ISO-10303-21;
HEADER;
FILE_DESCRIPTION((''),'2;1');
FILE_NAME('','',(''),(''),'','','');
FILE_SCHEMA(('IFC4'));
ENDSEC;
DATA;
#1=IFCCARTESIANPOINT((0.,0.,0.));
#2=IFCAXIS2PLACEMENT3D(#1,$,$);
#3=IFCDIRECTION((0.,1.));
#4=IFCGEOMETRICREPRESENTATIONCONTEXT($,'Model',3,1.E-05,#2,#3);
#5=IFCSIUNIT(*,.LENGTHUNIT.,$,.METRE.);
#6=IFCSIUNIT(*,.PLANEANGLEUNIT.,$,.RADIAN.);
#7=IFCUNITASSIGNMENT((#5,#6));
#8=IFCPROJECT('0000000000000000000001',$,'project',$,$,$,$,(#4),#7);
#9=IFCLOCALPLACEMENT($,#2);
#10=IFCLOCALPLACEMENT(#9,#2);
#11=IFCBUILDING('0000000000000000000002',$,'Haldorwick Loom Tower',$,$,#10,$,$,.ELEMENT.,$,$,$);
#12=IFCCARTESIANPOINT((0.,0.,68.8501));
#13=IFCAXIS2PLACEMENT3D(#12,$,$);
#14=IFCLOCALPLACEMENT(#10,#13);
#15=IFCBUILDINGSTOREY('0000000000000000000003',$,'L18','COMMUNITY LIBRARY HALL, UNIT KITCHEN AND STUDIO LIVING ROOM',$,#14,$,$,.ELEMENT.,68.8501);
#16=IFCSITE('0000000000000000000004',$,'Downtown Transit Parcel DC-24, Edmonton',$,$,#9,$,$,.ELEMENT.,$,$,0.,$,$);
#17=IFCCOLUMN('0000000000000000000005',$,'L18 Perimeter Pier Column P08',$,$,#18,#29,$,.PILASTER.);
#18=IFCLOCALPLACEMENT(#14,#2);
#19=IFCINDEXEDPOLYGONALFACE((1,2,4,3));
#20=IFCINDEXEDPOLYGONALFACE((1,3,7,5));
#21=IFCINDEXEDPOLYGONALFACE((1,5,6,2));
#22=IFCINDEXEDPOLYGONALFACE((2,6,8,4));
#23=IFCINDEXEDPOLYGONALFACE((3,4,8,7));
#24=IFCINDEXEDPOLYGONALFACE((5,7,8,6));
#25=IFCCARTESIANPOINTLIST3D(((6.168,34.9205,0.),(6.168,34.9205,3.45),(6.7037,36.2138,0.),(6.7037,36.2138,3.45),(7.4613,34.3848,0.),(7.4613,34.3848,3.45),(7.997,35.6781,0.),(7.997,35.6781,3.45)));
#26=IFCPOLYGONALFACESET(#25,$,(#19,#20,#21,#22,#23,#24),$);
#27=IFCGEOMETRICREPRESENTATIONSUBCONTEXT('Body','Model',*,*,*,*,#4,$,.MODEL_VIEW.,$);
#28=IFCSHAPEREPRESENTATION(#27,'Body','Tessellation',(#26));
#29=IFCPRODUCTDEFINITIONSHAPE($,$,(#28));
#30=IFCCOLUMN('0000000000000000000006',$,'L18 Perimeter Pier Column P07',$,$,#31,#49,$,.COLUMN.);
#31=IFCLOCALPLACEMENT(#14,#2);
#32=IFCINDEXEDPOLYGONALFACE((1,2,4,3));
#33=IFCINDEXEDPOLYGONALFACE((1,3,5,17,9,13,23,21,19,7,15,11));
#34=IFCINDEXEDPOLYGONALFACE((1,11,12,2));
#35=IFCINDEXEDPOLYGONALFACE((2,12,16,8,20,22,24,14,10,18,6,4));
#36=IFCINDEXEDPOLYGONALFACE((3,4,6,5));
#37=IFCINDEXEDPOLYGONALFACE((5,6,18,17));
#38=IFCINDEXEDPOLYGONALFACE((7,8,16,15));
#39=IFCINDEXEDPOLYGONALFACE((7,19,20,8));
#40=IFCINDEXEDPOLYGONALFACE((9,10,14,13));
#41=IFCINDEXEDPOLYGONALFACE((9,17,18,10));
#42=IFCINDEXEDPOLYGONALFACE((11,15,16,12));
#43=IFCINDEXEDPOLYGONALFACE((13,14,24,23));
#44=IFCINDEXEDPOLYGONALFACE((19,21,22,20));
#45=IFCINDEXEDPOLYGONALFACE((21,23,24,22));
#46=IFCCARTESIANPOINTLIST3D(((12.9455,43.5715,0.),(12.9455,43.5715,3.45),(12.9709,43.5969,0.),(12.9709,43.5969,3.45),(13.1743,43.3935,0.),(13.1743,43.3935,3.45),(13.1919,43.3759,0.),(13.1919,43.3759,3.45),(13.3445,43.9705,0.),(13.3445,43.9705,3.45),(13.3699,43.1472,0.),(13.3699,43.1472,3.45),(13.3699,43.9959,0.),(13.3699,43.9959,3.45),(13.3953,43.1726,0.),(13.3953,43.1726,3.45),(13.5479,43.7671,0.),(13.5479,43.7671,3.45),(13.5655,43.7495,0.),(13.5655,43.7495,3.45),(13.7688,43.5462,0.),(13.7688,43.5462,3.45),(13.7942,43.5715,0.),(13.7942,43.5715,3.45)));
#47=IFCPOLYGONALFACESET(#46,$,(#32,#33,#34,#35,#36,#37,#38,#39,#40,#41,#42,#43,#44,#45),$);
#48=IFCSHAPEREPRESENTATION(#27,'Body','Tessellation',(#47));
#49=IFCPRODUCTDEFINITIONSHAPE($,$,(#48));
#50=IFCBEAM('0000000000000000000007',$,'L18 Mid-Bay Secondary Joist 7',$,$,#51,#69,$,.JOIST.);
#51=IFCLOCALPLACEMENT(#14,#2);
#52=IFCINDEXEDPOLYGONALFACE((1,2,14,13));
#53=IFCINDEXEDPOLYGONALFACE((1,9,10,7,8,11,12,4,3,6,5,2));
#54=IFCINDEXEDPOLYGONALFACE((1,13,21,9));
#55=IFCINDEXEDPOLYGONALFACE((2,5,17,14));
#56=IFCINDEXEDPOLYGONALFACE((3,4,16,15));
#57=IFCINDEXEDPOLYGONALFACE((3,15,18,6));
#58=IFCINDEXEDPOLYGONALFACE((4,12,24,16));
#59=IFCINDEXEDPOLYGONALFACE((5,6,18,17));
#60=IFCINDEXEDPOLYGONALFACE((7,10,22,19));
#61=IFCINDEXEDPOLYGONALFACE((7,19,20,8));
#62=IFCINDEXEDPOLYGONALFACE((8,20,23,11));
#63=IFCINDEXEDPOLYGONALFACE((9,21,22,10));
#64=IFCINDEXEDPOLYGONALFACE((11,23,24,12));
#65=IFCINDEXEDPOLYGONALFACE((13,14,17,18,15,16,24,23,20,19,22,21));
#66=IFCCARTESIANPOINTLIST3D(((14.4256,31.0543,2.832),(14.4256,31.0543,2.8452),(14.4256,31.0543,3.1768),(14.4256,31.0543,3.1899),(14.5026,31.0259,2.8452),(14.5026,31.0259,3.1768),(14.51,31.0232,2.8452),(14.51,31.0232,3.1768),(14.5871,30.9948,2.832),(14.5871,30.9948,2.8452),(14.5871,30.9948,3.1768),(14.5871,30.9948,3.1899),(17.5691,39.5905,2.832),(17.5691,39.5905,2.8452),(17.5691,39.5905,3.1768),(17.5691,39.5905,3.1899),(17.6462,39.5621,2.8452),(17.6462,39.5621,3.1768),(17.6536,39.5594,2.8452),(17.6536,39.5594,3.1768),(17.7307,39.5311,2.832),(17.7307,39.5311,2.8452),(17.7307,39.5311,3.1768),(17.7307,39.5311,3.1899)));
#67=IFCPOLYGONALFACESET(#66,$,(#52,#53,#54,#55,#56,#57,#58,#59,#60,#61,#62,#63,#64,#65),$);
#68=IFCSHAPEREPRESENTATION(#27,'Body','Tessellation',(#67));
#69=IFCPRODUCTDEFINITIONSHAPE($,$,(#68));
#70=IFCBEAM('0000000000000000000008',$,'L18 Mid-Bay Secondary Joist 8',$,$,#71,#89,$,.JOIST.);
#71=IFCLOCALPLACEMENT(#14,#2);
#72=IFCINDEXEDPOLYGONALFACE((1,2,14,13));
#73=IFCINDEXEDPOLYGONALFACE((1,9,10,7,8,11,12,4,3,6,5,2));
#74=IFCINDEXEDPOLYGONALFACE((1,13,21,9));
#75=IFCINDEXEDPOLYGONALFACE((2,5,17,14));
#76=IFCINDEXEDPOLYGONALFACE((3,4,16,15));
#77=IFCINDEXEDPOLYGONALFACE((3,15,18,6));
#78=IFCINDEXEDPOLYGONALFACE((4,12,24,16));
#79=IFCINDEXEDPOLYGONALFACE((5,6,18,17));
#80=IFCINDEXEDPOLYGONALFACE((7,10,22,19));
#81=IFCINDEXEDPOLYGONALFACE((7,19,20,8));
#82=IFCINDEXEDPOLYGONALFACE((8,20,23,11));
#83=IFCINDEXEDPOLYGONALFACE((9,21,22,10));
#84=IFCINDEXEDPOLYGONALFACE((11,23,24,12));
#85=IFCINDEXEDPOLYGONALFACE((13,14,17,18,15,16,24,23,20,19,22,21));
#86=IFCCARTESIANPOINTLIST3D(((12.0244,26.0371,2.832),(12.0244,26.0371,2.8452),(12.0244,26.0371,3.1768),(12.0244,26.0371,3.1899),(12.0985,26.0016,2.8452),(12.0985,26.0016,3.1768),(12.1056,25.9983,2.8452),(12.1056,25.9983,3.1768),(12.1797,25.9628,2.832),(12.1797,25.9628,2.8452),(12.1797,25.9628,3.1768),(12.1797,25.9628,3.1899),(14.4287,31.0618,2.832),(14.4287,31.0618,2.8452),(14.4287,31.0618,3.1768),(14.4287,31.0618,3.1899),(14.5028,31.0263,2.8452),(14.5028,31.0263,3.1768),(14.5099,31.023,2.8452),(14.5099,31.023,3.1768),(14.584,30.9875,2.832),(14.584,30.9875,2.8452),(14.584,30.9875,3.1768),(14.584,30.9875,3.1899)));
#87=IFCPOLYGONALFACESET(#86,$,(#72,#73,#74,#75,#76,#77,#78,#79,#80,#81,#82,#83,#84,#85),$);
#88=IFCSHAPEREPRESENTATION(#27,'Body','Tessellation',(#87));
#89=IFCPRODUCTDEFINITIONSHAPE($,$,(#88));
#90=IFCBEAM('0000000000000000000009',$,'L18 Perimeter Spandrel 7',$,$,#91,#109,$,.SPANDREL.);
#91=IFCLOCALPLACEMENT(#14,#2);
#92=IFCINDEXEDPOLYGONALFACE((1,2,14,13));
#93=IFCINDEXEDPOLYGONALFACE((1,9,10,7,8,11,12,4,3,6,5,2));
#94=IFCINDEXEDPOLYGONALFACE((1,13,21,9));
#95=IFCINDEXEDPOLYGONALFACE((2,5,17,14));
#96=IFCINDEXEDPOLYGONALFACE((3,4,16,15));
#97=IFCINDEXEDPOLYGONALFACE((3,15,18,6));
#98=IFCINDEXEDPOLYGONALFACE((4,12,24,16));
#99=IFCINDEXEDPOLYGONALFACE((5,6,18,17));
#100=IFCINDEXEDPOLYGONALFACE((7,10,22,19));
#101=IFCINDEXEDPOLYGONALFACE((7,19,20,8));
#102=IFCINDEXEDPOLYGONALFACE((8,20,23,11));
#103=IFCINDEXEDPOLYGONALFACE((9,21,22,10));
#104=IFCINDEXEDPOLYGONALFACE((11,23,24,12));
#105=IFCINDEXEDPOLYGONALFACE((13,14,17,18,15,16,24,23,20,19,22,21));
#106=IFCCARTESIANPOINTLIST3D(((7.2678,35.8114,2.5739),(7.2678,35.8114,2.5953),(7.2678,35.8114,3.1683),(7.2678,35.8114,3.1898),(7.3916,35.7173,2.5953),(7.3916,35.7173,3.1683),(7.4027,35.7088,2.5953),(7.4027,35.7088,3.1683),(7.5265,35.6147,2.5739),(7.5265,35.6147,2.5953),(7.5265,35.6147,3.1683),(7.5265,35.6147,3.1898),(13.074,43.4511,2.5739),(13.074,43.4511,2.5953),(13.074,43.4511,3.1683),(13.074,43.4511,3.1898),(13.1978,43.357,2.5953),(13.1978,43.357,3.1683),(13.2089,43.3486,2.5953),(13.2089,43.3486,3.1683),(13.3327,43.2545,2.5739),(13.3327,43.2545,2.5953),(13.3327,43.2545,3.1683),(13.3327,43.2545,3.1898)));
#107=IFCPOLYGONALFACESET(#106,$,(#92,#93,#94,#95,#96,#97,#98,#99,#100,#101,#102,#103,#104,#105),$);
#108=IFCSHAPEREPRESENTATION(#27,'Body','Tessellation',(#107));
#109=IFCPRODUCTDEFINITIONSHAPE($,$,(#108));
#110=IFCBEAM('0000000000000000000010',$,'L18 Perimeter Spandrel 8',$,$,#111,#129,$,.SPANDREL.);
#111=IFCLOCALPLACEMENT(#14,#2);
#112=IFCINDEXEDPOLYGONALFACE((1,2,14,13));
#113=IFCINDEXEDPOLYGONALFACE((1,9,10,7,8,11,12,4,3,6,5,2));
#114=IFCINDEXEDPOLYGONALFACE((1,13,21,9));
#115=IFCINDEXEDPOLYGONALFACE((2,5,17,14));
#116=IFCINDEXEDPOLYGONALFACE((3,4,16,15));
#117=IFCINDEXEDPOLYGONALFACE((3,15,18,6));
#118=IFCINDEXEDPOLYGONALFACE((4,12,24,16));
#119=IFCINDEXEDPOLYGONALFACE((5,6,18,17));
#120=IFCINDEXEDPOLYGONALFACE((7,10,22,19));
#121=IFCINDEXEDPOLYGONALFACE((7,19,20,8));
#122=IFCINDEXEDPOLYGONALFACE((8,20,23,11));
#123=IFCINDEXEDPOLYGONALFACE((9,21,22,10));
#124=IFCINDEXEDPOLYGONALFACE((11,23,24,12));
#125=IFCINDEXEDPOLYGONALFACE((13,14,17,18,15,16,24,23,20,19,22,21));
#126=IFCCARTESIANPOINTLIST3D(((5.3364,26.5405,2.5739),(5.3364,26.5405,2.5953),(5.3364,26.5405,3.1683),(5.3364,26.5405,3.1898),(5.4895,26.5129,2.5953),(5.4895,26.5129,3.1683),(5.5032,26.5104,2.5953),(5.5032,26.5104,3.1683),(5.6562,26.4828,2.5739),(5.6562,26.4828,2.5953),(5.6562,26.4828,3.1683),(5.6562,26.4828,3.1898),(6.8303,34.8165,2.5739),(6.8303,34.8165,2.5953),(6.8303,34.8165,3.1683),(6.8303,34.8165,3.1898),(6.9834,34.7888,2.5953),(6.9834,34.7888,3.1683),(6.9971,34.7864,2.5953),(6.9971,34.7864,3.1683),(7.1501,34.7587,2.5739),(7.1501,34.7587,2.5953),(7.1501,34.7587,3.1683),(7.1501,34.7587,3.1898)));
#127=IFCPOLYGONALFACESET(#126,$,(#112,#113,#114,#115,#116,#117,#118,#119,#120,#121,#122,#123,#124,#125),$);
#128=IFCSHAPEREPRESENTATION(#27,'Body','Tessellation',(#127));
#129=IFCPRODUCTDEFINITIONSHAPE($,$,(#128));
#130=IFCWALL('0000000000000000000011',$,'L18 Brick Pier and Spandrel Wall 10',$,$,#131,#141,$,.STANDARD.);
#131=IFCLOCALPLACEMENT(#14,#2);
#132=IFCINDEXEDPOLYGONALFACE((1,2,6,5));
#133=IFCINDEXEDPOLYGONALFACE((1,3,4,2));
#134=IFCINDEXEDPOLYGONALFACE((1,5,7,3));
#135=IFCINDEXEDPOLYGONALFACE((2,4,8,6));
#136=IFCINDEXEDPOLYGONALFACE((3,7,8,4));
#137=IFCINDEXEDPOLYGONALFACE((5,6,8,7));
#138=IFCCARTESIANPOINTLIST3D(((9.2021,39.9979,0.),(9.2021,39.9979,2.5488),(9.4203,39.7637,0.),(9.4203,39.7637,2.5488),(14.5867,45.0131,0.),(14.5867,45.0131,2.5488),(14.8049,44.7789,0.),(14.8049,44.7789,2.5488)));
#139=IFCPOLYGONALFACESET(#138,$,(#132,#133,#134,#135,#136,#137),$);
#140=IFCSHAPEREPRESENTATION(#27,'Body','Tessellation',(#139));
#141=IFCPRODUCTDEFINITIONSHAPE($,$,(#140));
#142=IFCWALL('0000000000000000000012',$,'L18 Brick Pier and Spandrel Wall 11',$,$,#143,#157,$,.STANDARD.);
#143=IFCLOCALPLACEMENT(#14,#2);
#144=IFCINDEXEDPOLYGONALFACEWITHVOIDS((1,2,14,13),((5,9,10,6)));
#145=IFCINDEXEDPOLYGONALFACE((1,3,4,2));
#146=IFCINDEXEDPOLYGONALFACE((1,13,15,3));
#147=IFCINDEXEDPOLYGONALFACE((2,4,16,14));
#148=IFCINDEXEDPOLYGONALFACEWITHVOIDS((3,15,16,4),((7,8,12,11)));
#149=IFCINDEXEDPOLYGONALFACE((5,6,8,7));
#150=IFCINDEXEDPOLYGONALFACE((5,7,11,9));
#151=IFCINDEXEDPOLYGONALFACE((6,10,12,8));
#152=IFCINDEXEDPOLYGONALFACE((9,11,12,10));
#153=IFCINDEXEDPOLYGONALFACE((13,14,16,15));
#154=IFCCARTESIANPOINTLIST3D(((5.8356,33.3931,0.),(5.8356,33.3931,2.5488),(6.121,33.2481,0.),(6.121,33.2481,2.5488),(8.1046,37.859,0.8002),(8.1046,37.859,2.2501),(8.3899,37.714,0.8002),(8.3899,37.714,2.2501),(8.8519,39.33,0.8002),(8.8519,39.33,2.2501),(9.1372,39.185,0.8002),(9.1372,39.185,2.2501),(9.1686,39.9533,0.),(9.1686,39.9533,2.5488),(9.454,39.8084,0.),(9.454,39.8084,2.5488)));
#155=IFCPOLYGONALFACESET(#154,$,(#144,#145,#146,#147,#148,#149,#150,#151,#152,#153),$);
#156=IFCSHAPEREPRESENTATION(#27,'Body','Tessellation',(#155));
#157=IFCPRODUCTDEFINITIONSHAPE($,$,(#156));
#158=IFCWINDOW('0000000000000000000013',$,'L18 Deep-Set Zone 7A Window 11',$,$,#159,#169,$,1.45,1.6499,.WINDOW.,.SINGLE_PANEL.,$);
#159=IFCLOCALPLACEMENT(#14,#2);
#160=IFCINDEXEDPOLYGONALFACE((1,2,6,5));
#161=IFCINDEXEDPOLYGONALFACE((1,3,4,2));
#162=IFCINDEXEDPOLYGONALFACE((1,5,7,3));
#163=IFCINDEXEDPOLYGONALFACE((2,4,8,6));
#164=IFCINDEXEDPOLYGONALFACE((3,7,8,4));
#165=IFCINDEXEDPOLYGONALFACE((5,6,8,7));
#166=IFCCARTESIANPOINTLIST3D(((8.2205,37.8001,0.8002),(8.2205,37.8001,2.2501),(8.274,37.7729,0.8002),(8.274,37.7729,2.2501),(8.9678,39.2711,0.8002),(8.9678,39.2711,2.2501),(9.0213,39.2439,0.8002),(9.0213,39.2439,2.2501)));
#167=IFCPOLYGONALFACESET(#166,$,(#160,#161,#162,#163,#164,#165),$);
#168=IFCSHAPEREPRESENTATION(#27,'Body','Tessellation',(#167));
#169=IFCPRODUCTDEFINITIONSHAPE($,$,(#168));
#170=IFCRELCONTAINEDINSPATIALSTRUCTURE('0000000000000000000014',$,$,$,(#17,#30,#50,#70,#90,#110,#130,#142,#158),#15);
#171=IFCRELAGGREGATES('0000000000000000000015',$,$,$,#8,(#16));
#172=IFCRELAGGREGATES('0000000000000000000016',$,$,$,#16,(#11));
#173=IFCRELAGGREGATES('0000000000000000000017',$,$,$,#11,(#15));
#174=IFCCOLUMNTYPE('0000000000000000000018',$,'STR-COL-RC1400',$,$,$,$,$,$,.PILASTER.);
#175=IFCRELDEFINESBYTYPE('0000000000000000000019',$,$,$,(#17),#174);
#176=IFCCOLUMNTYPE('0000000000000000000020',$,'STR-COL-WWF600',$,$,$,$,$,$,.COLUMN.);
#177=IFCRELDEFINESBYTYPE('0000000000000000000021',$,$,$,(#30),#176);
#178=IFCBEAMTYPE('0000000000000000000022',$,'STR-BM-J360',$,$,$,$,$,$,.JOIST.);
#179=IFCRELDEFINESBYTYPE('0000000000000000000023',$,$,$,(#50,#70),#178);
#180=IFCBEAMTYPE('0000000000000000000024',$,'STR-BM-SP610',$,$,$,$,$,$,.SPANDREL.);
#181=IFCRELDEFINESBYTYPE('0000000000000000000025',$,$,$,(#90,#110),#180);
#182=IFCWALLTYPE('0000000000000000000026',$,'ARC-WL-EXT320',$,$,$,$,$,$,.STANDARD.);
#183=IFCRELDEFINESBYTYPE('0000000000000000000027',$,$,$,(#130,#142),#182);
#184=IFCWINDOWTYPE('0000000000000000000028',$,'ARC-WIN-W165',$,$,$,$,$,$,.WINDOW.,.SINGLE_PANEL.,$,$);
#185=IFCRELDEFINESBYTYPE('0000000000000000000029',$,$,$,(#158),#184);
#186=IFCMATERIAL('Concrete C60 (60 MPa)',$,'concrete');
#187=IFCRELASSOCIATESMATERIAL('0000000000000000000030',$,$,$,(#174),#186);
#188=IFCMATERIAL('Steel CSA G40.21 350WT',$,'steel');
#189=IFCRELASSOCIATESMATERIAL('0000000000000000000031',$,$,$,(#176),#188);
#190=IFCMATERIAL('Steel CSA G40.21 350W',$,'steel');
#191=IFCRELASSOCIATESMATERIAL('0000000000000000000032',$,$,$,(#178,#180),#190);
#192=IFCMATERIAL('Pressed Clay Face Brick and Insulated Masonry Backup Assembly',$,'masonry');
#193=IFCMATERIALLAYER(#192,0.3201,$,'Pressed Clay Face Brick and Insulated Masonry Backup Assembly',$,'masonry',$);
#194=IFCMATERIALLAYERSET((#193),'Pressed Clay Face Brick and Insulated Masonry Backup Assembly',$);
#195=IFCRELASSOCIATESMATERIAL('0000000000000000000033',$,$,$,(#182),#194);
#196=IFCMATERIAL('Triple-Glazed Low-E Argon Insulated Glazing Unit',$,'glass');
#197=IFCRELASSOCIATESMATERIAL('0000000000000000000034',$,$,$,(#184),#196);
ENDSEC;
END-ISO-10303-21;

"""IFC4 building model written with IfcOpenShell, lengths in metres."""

from ifc_helpers import new_model, si_unit, direction, frame, frame_2d, origin, origin_2d, place, context, subcontext, project, spatial, rectangle, i_section, extrude, material, layer, layer_set, material_profile, profile_set, type_object, element, fill, save


model = new_model("IFC4")

# Units and contexts
model_context = context("Model", 3, precision=1e-05, world=origin(), true_north=direction((0.0, 1.0)))
body_context = subcontext(model_context, "Body", "Model", "MODEL_VIEW")
ifc_project = project(units=[si_unit("LENGTHUNIT", "METRE"), si_unit("PLANEANGLEUNIT", "RADIAN")], contexts=[model_context])

# Site, building, storey
site_placement = place(None, origin())
site = spatial("IfcSite", under=ifc_project, at=site_placement, Name="Downtown Transit Parcel DC-24, Edmonton", CompositionType="ELEMENT", RefElevation=0.0)
building_placement = place(site_placement, origin())
building = spatial("IfcBuilding", under=site, at=building_placement, Name="Haldorwick Loom Tower", CompositionType="ELEMENT")
storey_placement = place(building_placement, frame((0.0, 0.0, 68.8501)))
storey = spatial("IfcBuildingStorey", under=building, at=storey_placement, Name="L18", Description="COMMUNITY LIBRARY HALL, UNIT KITCHEN AND STUDIO LIVING ROOM", CompositionType="ELEMENT", Elevation=68.8501)

# Columns
ifc_material_1 = material(Name="Concrete C60 (60 MPa)", Category="concrete")
ifc_material_profile_1 = material_profile(ifc_material_1, rectangle(XDim=1.3999, YDim=1.3999, at=origin_2d()), Name="RC1400X1400", Category="concrete")
ifc_profile_set_1 = profile_set([ifc_material_profile_1], Name="Concrete C60 (60 MPa)")
column_type_1 = type_object("IfcColumnType", Name="STR-COL-RC1400", PredefinedType="PILASTER", material=ifc_profile_set_1)
column_1_placement = place(storey_placement, frame((7.0825, 35.2993, 0.0), z_axis=(0.0, 0.0, 1.0), x_axis=(-0.92388, 0.382683, 0.0)))
element("IfcColumn", 1, at=column_1_placement, inside=storey, type_object=column_type_1, Name="L18 Perimeter Pier Column P08", PredefinedType="PILASTER", context=body_context, shape_type="SweptSolid", body=[
    extrude(rectangle(XDim=1.3999, YDim=1.3999, at=origin_2d()), origin(), (0.0, 0.0, 1.0), 3.45),
])
ifc_material_2 = material(Name="Steel CSA G40.21 350WT", Category="steel")
ifc_material_profile_2 = material_profile(ifc_material_2, i_section(OverallWidth=0.6001, OverallDepth=0.6001, WebThickness=0.0249, FlangeThickness=0.0359, at=origin_2d()), Name="WWF600X600", Category="steel")
ifc_profile_set_2 = profile_set([ifc_material_profile_2], Name="Steel CSA G40.21 350WT")
column_type_2 = type_object("IfcColumnType", Name="STR-COL-WWF600", PredefinedType="COLUMN", material=ifc_profile_set_2)
column_2_placement = place(storey_placement, frame((13.3699, 43.5715, 0.0), z_axis=(0.0, 0.0, 1.0), x_axis=(-0.707107, 0.707107, 0.0)))
element("IfcColumn", 2, at=column_2_placement, inside=storey, type_object=column_type_2, Name="L18 Perimeter Pier Column P07", PredefinedType="COLUMN", context=body_context, shape_type="SweptSolid", body=[
    extrude(i_section(OverallWidth=0.6001, OverallDepth=0.6001, WebThickness=0.0249, FlangeThickness=0.0359, at=origin_2d()), origin(), (0.0, 0.0, 1.0), 3.45),
])

# Beams
ifc_material_3 = material(Name="Steel CSA G40.21 350W", Category="steel")
ifc_material_profile_3 = material_profile(ifc_material_3, i_section(OverallWidth=0.1721, OverallDepth=0.3579, WebThickness=0.0078, FlangeThickness=0.0132, at=origin_2d()), Name="W360X57", Category="steel")
ifc_profile_set_3 = profile_set([ifc_material_profile_3], Name="Steel CSA G40.21 350W")
beam_type_1 = type_object("IfcBeamType", Name="STR-BM-J360", PredefinedType="JOIST", material=ifc_profile_set_3)
beam_1_placement = place(storey_placement, frame((17.6499, 39.5608, 3.011), z_axis=(-0.345576, -0.938391, 0.0), x_axis=(0.938391, -0.345576, 0.0)))
element("IfcBeam", 3, at=beam_1_placement, inside=storey, type_object=beam_type_1, Name="L18 Mid-Bay Secondary Joist 7", PredefinedType="JOIST", context=body_context, shape_type="SweptSolid", body=[
    extrude(i_section(OverallWidth=0.1721, OverallDepth=0.3579, WebThickness=0.0078, FlangeThickness=0.0132, at=origin_2d()), origin(), (0.0, 0.0, 1.0), 9.0967),
])
beam_2_placement = place(storey_placement, frame((14.5063, 31.0247, 3.011), z_axis=(-0.431631, -0.90205, 0.0), x_axis=(0.90205, -0.431631, 0.0)))
element("IfcBeam", 4, at=beam_2_placement, inside=storey, type_object=beam_type_1, Name="L18 Mid-Bay Secondary Joist 8", PredefinedType="JOIST", context=body_context, shape_type="SweptSolid", body=[
    extrude(i_section(OverallWidth=0.1721, OverallDepth=0.3579, WebThickness=0.0078, FlangeThickness=0.0132, at=origin_2d()), origin(), (0.0, 0.0, 1.0), 5.5703),
])
ifc_material_profile_4 = material_profile(ifc_material_3, i_section(OverallWidth=0.325, OverallDepth=0.616, WebThickness=0.0139, FlangeThickness=0.0215, at=origin_2d()), Name="W610X174", Category="steel")
ifc_profile_set_4 = profile_set([ifc_material_profile_4], Name="Steel CSA G40.21 350W")
beam_type_2 = type_object("IfcBeamType", Name="STR-BM-SP610", PredefinedType="SPANDREL", material=ifc_profile_set_4)
beam_3_placement = place(storey_placement, frame((13.2034, 43.3528, 2.8818), z_axis=(-0.605085, -0.796161, 0.0), x_axis=(0.796161, -0.605085, 0.0)))
element("IfcBeam", 5, at=beam_3_placement, inside=storey, type_object=beam_type_2, Name="L18 Perimeter Spandrel 7", PredefinedType="SPANDREL", context=body_context, shape_type="SweptSolid", body=[
    extrude(i_section(OverallWidth=0.325, OverallDepth=0.616, WebThickness=0.0139, FlangeThickness=0.0215, at=origin_2d()), origin(), (0.0, 0.0, 1.0), 9.5957),
])
beam_4_placement = place(storey_placement, frame((6.9902, 34.7876, 2.8818), z_axis=(-0.177641, -0.984095, 0.0), x_axis=(0.984095, -0.177641, 0.0)))
element("IfcBeam", 6, at=beam_4_placement, inside=storey, type_object=beam_type_2, Name="L18 Perimeter Spandrel 8", PredefinedType="SPANDREL", context=body_context, shape_type="SweptSolid", body=[
    extrude(i_section(OverallWidth=0.325, OverallDepth=0.616, WebThickness=0.0139, FlangeThickness=0.0215, at=origin_2d()), origin(), (0.0, 0.0, 1.0), 8.4097),
])

# Wall
ifc_material_4 = material(Name="Pressed Clay Face Brick and Insulated Masonry Backup Assembly", Category="masonry")
ifc_layer_1 = layer(ifc_material_4, 0.3201, Name="Pressed Clay Face Brick and Insulated Masonry Backup Assembly", Category="masonry")
ifc_layer_set_1 = layer_set([ifc_layer_1], Name="Pressed Clay Face Brick and Insulated Masonry Backup Assembly")
wall_type_1 = type_object("IfcWallType", Name="ARC-WL-EXT320", PredefinedType="STANDARD", material=ifc_layer_set_1)
wall_1_placement = place(storey_placement, frame((14.6958, 44.896, 0.0), z_axis=(0.0, 0.0, 1.0), x_axis=(-0.731761, -0.681561, 0.0)))
element("IfcWall", 7, at=wall_1_placement, inside=storey, type_object=wall_type_1, Name="L18 Brick Pier and Spandrel Wall 10", PredefinedType="STANDARD", context=body_context, shape_type="SweptSolid", body=[
    extrude(rectangle(XDim=7.3584, YDim=0.3201, at=frame_2d((3.6792, 0.0))), origin(), (0.0, 0.0, 1.0), 2.5488),
])

# Wall, opening, window
wall_2_placement = place(storey_placement, frame((9.3113, 39.8809, 0.0), z_axis=(0.0, 0.0, 1.0), x_axis=(-0.452951, -0.891535, 0.0)))
wall_2 = element("IfcWall", 8, at=wall_2_placement, inside=storey, type_object=wall_type_1, Name="L18 Brick Pier and Spandrel Wall 11", PredefinedType="STANDARD", context=body_context, shape_type="SweptSolid", body=[
    extrude(rectangle(XDim=7.3584, YDim=0.3201, at=frame_2d((3.6792, 0.0))), origin(), (0.0, 0.0, 1.0), 2.5488),
])
opening_1_placement = place(wall_2_placement, frame((0.6992, 0.0, 0.8)))
opening_1 = element("IfcOpeningElement", 9, at=opening_1_placement, cuts=wall_2, PredefinedType="OPENING", context=body_context, shape_type="SweptSolid", body=[
    extrude(rectangle(XDim=1.6499, YDim=1.45, at=frame_2d((0.825, 0.7251))), frame((0.0, 0.1699, 0.0), z_axis=(0.0, -1.0, 0.0), x_axis=(1.0, 0.0, 0.0)), (0.0, 0.0, 1.0), 0.3401),
])
ifc_material_5 = material(Name="Triple-Glazed Low-E Argon Insulated Glazing Unit", Category="glass")
window_type = type_object("IfcWindowType", Name="ARC-WIN-W165", PartitioningType="SINGLE_PANEL", PredefinedType="WINDOW", material=ifc_material_5)
window_1_placement = place(opening_1_placement, origin())
window_1 = element("IfcWindow", 10, at=window_1_placement, inside=storey, type_object=window_type, Name="L18 Deep-Set Zone 7A Window 11", OverallHeight=1.45, OverallWidth=1.6499, PartitioningType="SINGLE_PANEL", PredefinedType="WINDOW", context=body_context, shape_type="SweptSolid", body=[
    extrude(rectangle(XDim=1.6499, YDim=1.45, at=frame_2d((0.825, 0.7251))), frame((0.0, 0.03, 0.0), z_axis=(0.0, -1.0, 0.0), x_axis=(1.0, 0.0, 0.0)), (0.0, 0.0, 1.0), 0.0601),
])
fill(opening_1, window_1)

save(model, "model.ifc")
